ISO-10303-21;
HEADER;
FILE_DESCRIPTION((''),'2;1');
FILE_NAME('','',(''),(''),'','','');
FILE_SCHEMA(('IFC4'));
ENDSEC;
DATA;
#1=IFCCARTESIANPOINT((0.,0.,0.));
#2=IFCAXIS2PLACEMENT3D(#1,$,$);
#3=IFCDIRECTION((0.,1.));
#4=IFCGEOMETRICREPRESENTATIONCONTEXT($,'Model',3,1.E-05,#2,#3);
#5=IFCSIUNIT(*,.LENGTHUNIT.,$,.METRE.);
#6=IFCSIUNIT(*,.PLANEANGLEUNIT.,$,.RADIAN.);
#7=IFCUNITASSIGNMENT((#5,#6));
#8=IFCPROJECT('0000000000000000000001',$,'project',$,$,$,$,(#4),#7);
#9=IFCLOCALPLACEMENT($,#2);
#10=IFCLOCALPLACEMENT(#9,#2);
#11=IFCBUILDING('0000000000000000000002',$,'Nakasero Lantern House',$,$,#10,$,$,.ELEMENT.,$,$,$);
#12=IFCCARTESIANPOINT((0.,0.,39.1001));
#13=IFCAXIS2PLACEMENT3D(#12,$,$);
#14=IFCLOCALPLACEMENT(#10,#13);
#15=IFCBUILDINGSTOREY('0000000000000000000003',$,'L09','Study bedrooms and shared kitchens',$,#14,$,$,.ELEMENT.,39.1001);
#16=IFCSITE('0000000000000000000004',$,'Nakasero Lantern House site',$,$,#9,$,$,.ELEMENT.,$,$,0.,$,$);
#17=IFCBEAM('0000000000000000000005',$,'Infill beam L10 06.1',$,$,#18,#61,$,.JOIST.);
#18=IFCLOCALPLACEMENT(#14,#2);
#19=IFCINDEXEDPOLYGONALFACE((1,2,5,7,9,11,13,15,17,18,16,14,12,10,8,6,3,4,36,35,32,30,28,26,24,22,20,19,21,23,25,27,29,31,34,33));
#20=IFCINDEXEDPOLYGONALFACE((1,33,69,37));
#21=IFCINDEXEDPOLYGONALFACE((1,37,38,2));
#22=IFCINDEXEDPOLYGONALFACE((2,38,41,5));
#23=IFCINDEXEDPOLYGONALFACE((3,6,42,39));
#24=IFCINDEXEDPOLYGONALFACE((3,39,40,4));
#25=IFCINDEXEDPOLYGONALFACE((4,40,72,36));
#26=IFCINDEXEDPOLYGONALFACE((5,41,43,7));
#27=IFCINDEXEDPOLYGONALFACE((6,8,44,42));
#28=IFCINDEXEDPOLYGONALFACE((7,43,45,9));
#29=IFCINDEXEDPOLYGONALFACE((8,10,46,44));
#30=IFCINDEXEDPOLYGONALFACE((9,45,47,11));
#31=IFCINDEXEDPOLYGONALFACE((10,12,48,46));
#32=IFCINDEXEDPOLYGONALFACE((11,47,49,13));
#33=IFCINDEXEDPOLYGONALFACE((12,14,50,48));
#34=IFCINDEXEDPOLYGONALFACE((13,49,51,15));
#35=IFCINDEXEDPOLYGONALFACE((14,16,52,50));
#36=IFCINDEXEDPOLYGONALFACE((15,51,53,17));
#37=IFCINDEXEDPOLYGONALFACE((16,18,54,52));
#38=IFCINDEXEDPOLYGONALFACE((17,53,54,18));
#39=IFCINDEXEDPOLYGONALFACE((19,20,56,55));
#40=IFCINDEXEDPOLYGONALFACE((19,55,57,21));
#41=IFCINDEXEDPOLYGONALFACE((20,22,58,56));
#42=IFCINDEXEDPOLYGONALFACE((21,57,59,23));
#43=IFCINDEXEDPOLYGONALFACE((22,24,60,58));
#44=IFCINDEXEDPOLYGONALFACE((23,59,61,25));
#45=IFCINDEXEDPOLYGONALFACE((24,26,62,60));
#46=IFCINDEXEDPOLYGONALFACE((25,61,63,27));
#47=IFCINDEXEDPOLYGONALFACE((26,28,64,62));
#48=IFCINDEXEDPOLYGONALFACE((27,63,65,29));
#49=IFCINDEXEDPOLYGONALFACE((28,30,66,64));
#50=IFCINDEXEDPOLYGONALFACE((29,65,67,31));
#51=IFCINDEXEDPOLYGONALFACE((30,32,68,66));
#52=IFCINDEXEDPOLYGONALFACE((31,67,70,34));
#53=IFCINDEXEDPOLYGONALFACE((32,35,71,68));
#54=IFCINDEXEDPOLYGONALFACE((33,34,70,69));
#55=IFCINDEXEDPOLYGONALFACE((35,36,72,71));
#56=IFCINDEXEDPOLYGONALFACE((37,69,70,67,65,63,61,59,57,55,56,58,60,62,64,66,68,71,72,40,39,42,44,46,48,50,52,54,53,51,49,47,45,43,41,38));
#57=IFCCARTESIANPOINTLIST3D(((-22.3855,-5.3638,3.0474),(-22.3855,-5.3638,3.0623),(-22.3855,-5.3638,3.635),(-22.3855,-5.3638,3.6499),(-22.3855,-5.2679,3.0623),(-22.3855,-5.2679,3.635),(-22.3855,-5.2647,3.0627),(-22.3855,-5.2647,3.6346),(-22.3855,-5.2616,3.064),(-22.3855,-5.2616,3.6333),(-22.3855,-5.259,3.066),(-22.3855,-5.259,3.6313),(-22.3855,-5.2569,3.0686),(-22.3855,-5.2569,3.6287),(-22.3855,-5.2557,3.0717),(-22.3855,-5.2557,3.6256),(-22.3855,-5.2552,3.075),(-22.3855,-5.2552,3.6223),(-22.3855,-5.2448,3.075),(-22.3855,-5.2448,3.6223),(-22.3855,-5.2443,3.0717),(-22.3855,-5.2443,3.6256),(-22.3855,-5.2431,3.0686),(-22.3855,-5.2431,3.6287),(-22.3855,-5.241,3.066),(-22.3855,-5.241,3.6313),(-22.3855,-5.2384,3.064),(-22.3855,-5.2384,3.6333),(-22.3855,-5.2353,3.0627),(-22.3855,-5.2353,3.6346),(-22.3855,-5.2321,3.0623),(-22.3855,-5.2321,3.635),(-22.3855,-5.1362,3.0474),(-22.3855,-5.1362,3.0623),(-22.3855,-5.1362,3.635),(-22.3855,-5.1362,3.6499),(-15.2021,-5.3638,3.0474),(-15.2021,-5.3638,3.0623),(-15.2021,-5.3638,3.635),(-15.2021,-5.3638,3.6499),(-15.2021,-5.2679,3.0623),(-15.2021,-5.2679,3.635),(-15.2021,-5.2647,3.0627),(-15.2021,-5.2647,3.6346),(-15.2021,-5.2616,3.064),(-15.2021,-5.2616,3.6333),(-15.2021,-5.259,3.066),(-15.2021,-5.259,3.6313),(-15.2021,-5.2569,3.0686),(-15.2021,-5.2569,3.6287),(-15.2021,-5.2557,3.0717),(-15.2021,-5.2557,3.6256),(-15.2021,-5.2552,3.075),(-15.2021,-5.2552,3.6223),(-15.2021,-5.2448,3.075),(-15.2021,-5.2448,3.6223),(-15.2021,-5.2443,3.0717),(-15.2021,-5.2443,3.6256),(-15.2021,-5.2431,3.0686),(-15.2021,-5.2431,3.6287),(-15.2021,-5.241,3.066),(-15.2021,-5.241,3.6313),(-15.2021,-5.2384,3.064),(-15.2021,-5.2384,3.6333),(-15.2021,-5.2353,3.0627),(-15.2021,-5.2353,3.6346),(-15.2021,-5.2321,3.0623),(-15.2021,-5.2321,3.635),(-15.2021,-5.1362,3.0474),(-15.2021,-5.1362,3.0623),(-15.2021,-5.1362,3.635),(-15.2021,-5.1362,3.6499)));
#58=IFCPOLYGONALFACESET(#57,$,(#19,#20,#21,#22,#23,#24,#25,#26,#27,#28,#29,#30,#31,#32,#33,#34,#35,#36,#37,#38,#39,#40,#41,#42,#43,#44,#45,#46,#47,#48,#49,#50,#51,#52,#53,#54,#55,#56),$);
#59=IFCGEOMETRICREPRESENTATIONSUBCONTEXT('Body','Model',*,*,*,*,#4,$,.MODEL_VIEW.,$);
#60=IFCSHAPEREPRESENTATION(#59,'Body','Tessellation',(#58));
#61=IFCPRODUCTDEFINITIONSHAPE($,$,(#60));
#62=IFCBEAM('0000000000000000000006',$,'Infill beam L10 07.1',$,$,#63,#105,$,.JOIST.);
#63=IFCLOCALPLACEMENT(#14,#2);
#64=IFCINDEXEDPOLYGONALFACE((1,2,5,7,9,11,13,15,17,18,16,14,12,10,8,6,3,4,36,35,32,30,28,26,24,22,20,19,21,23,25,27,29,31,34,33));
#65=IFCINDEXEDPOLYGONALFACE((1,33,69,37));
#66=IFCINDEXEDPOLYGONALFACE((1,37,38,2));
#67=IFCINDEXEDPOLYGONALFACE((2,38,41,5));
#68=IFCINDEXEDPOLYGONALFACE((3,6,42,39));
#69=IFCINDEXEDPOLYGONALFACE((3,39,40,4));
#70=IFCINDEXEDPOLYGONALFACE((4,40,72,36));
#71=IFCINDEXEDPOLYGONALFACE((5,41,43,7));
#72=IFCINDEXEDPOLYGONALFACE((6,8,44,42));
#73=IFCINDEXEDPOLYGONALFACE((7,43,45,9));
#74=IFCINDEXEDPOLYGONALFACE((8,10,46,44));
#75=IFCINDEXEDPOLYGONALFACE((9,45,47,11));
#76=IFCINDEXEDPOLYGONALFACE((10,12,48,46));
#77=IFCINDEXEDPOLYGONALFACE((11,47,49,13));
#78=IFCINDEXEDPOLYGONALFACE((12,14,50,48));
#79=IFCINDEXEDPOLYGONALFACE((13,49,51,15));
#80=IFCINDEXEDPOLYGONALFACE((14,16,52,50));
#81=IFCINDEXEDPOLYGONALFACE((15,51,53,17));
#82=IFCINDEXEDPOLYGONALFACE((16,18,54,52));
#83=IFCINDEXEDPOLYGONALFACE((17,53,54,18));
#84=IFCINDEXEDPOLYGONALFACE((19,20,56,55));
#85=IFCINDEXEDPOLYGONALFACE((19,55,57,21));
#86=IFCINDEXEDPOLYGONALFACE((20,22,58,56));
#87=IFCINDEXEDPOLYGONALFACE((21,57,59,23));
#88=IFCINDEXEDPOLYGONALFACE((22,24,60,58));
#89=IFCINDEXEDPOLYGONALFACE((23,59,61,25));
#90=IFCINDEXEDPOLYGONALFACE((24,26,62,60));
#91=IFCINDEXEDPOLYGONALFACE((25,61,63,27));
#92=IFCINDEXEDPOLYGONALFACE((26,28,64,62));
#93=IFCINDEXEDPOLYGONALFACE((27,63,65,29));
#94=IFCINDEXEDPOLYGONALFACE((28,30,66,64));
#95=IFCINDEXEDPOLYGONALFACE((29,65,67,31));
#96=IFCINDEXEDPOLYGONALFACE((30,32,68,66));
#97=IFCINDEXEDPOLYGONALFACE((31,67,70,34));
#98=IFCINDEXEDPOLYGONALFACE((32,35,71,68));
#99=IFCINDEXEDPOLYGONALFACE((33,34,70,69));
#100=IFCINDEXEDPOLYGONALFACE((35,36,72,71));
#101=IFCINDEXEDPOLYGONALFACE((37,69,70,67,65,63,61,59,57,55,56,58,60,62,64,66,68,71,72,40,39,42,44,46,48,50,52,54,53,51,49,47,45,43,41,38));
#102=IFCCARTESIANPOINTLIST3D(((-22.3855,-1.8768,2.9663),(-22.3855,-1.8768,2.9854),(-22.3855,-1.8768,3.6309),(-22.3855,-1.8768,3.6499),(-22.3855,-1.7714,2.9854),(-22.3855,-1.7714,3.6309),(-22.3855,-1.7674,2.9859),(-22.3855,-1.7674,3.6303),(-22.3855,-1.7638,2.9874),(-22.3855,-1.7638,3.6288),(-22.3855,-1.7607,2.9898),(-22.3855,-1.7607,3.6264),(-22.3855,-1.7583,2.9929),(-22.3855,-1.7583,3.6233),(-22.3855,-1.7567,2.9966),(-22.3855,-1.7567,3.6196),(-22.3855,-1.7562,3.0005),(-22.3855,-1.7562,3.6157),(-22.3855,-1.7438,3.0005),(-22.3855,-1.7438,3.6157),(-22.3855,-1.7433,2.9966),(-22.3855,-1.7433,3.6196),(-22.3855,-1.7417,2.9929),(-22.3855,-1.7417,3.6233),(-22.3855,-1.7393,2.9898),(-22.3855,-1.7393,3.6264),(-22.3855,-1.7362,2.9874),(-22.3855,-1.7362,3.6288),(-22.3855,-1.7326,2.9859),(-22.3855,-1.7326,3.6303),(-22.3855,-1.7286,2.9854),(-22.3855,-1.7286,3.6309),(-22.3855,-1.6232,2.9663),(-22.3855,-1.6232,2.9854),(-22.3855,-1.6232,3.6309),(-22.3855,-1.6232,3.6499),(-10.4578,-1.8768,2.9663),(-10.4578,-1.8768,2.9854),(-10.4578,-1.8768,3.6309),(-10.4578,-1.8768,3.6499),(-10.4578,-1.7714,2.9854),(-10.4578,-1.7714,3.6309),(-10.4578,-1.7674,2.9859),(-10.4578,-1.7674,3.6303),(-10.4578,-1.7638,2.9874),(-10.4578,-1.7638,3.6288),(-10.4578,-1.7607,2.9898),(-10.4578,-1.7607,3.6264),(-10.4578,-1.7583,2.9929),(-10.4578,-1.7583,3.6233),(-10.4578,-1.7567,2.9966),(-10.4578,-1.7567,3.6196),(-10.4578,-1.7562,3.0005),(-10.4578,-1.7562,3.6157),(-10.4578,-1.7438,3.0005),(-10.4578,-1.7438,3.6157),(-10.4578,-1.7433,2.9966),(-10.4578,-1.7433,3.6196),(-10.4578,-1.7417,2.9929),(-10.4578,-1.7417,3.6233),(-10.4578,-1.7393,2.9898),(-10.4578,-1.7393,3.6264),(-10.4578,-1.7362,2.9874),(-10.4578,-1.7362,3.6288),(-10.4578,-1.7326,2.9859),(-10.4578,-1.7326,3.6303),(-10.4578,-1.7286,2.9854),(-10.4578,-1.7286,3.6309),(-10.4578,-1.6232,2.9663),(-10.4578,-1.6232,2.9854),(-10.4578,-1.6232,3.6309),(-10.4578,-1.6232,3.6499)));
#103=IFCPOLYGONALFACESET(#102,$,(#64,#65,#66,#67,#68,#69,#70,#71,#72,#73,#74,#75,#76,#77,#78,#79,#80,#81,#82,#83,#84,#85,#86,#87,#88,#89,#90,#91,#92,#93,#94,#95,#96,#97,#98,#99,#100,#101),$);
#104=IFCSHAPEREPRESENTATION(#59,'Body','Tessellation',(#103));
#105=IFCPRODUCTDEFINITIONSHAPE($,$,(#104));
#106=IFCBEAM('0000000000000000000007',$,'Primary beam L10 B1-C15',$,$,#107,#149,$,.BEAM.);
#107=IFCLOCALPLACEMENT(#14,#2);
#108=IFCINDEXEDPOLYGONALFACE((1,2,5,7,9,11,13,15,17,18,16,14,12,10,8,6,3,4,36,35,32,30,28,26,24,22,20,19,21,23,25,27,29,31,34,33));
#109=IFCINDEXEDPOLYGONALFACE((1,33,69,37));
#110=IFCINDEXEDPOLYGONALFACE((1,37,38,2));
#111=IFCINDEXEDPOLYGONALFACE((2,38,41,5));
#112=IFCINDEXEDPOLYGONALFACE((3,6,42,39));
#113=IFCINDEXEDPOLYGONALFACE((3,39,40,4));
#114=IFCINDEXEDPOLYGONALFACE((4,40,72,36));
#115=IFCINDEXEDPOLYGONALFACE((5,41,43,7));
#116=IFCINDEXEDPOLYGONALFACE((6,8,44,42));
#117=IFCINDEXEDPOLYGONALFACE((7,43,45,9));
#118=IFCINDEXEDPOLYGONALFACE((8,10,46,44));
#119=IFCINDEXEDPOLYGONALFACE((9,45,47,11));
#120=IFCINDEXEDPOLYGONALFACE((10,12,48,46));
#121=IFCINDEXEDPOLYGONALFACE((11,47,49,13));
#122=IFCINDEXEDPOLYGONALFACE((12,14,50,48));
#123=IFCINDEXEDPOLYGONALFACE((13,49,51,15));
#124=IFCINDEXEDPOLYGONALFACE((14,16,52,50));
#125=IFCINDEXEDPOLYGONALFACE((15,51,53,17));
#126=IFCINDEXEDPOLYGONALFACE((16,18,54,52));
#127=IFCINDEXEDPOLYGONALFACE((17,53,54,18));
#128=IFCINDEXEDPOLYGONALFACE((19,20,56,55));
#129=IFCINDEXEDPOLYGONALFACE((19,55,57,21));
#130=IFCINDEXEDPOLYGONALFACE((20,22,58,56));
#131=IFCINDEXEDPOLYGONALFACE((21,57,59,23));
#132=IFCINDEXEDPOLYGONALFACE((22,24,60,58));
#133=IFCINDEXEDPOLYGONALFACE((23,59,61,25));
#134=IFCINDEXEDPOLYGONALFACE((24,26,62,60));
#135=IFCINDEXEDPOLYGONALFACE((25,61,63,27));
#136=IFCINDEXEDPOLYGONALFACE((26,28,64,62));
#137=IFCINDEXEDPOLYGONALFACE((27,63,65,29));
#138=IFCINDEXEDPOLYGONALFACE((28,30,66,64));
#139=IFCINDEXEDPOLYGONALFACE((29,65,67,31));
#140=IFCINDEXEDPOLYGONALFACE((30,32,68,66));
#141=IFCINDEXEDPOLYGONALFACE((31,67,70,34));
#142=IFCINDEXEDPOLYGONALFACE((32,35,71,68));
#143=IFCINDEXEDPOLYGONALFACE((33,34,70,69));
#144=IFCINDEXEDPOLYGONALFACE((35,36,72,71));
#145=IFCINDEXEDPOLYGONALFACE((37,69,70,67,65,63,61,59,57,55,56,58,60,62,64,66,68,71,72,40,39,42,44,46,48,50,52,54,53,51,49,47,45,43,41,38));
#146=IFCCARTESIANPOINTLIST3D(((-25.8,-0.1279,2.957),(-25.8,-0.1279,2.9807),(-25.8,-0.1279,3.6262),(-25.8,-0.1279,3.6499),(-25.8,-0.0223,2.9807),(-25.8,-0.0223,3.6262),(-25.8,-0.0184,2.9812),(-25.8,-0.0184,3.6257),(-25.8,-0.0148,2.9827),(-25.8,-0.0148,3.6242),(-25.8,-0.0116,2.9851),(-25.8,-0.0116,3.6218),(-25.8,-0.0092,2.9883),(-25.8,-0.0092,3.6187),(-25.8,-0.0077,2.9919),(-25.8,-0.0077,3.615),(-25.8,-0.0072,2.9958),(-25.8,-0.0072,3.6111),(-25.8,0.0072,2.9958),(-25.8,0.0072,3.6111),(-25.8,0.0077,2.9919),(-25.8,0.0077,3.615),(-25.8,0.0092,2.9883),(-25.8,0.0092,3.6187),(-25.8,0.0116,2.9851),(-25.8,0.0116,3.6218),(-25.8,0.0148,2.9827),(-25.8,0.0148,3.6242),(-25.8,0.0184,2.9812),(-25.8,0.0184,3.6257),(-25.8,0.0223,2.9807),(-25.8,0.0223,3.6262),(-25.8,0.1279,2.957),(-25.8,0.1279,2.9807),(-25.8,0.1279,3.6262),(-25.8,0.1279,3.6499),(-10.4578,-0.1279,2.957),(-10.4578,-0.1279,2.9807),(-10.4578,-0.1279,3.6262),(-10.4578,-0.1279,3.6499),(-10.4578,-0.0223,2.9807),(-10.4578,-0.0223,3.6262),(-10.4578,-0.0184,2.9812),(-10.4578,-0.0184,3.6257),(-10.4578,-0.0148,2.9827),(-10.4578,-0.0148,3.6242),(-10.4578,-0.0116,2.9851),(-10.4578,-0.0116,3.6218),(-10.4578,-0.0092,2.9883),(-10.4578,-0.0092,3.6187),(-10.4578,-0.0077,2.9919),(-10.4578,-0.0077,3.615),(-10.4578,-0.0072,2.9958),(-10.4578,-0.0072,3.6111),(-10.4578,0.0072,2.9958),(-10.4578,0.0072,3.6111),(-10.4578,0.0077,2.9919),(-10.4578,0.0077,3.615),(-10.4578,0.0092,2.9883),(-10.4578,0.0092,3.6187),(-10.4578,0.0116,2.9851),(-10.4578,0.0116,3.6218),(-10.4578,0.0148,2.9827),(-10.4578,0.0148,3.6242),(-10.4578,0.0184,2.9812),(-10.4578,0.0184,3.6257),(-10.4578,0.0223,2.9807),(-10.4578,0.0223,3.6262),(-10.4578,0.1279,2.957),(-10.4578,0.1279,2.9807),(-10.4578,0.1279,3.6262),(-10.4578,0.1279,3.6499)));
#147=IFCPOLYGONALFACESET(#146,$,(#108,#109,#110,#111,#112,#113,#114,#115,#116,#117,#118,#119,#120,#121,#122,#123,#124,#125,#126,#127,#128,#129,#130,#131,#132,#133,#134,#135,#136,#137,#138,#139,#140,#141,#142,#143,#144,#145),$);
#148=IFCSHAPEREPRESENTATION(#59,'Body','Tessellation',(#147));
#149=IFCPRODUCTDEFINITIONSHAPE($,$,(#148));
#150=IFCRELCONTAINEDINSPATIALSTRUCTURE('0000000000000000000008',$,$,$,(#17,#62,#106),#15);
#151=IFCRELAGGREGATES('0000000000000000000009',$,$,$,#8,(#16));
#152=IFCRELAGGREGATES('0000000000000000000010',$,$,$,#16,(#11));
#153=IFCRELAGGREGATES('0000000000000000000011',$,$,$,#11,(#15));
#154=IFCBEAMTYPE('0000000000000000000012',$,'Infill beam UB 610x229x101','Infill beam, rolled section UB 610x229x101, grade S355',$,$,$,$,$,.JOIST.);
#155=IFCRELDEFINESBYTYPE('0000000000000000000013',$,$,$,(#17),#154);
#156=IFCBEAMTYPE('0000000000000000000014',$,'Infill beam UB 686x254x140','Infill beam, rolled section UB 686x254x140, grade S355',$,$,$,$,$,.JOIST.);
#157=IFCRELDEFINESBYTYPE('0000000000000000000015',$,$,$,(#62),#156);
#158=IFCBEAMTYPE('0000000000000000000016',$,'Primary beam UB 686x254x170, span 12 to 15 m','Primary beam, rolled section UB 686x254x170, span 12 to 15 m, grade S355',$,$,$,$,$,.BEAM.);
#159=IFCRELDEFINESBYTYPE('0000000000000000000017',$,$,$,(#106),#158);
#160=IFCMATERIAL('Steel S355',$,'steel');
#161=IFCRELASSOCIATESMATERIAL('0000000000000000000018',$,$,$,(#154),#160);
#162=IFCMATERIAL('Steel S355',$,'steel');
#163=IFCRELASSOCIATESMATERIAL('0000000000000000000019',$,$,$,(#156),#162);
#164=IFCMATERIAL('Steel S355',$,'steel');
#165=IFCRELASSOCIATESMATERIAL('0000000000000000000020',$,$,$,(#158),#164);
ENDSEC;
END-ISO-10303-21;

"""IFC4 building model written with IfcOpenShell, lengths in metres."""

from ifc_helpers import new_model, si_unit, direction, frame, origin, origin_2d, place, context, subcontext, project, spatial, i_section, extrude, material, material_profile, profile_set, type_object, element, save


model = new_model("IFC4")

# Units and contexts
model_context = context("Model", 3, precision=1e-05, world=origin(), true_north=direction((0.0, 1.0)))
body_context = subcontext(model_context, "Body", "Model", "MODEL_VIEW")
ifc_project = project(units=[si_unit("LENGTHUNIT", "METRE"), si_unit("PLANEANGLEUNIT", "RADIAN")], contexts=[model_context])

# Site, building, storey
site_placement = place(None, origin())
site = spatial("IfcSite", under=ifc_project, at=site_placement, Name="Nakasero Lantern House site", CompositionType="ELEMENT", RefElevation=0.0)
building_placement = place(site_placement, origin())
building = spatial("IfcBuilding", under=site, at=building_placement, Name="Nakasero Lantern House", CompositionType="ELEMENT")
storey_placement = place(building_placement, frame((0.0, 0.0, 39.1001)))
storey = spatial("IfcBuildingStorey", under=building, at=storey_placement, Name="L09", Description="Study bedrooms and shared kitchens", CompositionType="ELEMENT", Elevation=39.1001)

# Beams
ifc_material_1 = material(Name="Steel S355", Category="steel")
ifc_material_profile_1 = material_profile(ifc_material_1, i_section(OverallWidth=0.2275, OverallDepth=0.6025, WebThickness=0.0105, FlangeThickness=0.0149, FilletRadius=0.0127, at=origin_2d()), Name="UB 610x229x101")
ifc_profile_set_1 = profile_set([ifc_material_profile_1], Name="Steel S355")
beam_type_1 = type_object("IfcBeamType", Name="Infill beam UB 610x229x101", Description="Infill beam, rolled section UB 610x229x101, grade S355", PredefinedType="JOIST", material=ifc_profile_set_1)
beam_1_placement = place(storey_placement, frame((-22.3855, -5.25, 3.3486), z_axis=(1.0, 0.0, 0.0), x_axis=(0.0, 1.0, 0.0)))
element("IfcBeam", 1, at=beam_1_placement, inside=storey, type_object=beam_type_1, Name="Infill beam L10 06.1", PredefinedType="JOIST", context=body_context, shape_type="SweptSolid", body=[
    extrude(i_section(OverallWidth=0.2275, OverallDepth=0.6025, WebThickness=0.0105, FlangeThickness=0.0149, FilletRadius=0.0127, at=origin_2d()), origin(), (0.0, 0.0, 1.0), 7.1833),
])
ifc_material_2 = material(Name="Steel S355", Category="steel")
ifc_material_profile_2 = material_profile(ifc_material_2, i_section(OverallWidth=0.2537, OverallDepth=0.6836, WebThickness=0.0125, FlangeThickness=0.019, FilletRadius=0.0151, at=origin_2d()), Name="UB 686x254x140")
ifc_profile_set_2 = profile_set([ifc_material_profile_2], Name="Steel S355")
beam_type_2 = type_object("IfcBeamType", Name="Infill beam UB 686x254x140", Description="Infill beam, rolled section UB 686x254x140, grade S355", PredefinedType="JOIST", material=ifc_profile_set_2)
beam_2_placement = place(storey_placement, frame((-22.3855, -1.75, 3.3081), z_axis=(1.0, 0.0, 0.0), x_axis=(0.0, 1.0, 0.0)))
element("IfcBeam", 2, at=beam_2_placement, inside=storey, type_object=beam_type_2, Name="Infill beam L10 07.1", PredefinedType="JOIST", context=body_context, shape_type="SweptSolid", body=[
    extrude(i_section(OverallWidth=0.2537, OverallDepth=0.6836, WebThickness=0.0125, FlangeThickness=0.019, FilletRadius=0.0151, at=origin_2d()), origin(), (0.0, 0.0, 1.0), 11.9277),
])
ifc_material_3 = material(Name="Steel S355", Category="steel")
ifc_material_profile_3 = material_profile(ifc_material_3, i_section(OverallWidth=0.2559, OverallDepth=0.6929, WebThickness=0.0144, FlangeThickness=0.0237, FilletRadius=0.0151, at=origin_2d()), Name="UB 686x254x170")
ifc_profile_set_3 = profile_set([ifc_material_profile_3], Name="Steel S355")
beam_type_3 = type_object("IfcBeamType", Name="Primary beam UB 686x254x170, span 12 to 15 m", Description="Primary beam, rolled section UB 686x254x170, span 12 to 15 m, grade S355", PredefinedType="BEAM", material=ifc_profile_set_3)
beam_3_placement = place(storey_placement, frame((-25.8, 0.0, 3.3035), z_axis=(1.0, 0.0, 0.0), x_axis=(0.0, 1.0, 0.0)))
element("IfcBeam", 3, at=beam_3_placement, inside=storey, type_object=beam_type_3, Name="Primary beam L10 B1-C15", PredefinedType="BEAM", context=body_context, shape_type="SweptSolid", body=[
    extrude(i_section(OverallWidth=0.2559, OverallDepth=0.6929, WebThickness=0.0144, FlangeThickness=0.0237, FilletRadius=0.0151, at=origin_2d()), origin(), (0.0, 0.0, 1.0), 15.3423),
])

save(model, "model.ifc")
